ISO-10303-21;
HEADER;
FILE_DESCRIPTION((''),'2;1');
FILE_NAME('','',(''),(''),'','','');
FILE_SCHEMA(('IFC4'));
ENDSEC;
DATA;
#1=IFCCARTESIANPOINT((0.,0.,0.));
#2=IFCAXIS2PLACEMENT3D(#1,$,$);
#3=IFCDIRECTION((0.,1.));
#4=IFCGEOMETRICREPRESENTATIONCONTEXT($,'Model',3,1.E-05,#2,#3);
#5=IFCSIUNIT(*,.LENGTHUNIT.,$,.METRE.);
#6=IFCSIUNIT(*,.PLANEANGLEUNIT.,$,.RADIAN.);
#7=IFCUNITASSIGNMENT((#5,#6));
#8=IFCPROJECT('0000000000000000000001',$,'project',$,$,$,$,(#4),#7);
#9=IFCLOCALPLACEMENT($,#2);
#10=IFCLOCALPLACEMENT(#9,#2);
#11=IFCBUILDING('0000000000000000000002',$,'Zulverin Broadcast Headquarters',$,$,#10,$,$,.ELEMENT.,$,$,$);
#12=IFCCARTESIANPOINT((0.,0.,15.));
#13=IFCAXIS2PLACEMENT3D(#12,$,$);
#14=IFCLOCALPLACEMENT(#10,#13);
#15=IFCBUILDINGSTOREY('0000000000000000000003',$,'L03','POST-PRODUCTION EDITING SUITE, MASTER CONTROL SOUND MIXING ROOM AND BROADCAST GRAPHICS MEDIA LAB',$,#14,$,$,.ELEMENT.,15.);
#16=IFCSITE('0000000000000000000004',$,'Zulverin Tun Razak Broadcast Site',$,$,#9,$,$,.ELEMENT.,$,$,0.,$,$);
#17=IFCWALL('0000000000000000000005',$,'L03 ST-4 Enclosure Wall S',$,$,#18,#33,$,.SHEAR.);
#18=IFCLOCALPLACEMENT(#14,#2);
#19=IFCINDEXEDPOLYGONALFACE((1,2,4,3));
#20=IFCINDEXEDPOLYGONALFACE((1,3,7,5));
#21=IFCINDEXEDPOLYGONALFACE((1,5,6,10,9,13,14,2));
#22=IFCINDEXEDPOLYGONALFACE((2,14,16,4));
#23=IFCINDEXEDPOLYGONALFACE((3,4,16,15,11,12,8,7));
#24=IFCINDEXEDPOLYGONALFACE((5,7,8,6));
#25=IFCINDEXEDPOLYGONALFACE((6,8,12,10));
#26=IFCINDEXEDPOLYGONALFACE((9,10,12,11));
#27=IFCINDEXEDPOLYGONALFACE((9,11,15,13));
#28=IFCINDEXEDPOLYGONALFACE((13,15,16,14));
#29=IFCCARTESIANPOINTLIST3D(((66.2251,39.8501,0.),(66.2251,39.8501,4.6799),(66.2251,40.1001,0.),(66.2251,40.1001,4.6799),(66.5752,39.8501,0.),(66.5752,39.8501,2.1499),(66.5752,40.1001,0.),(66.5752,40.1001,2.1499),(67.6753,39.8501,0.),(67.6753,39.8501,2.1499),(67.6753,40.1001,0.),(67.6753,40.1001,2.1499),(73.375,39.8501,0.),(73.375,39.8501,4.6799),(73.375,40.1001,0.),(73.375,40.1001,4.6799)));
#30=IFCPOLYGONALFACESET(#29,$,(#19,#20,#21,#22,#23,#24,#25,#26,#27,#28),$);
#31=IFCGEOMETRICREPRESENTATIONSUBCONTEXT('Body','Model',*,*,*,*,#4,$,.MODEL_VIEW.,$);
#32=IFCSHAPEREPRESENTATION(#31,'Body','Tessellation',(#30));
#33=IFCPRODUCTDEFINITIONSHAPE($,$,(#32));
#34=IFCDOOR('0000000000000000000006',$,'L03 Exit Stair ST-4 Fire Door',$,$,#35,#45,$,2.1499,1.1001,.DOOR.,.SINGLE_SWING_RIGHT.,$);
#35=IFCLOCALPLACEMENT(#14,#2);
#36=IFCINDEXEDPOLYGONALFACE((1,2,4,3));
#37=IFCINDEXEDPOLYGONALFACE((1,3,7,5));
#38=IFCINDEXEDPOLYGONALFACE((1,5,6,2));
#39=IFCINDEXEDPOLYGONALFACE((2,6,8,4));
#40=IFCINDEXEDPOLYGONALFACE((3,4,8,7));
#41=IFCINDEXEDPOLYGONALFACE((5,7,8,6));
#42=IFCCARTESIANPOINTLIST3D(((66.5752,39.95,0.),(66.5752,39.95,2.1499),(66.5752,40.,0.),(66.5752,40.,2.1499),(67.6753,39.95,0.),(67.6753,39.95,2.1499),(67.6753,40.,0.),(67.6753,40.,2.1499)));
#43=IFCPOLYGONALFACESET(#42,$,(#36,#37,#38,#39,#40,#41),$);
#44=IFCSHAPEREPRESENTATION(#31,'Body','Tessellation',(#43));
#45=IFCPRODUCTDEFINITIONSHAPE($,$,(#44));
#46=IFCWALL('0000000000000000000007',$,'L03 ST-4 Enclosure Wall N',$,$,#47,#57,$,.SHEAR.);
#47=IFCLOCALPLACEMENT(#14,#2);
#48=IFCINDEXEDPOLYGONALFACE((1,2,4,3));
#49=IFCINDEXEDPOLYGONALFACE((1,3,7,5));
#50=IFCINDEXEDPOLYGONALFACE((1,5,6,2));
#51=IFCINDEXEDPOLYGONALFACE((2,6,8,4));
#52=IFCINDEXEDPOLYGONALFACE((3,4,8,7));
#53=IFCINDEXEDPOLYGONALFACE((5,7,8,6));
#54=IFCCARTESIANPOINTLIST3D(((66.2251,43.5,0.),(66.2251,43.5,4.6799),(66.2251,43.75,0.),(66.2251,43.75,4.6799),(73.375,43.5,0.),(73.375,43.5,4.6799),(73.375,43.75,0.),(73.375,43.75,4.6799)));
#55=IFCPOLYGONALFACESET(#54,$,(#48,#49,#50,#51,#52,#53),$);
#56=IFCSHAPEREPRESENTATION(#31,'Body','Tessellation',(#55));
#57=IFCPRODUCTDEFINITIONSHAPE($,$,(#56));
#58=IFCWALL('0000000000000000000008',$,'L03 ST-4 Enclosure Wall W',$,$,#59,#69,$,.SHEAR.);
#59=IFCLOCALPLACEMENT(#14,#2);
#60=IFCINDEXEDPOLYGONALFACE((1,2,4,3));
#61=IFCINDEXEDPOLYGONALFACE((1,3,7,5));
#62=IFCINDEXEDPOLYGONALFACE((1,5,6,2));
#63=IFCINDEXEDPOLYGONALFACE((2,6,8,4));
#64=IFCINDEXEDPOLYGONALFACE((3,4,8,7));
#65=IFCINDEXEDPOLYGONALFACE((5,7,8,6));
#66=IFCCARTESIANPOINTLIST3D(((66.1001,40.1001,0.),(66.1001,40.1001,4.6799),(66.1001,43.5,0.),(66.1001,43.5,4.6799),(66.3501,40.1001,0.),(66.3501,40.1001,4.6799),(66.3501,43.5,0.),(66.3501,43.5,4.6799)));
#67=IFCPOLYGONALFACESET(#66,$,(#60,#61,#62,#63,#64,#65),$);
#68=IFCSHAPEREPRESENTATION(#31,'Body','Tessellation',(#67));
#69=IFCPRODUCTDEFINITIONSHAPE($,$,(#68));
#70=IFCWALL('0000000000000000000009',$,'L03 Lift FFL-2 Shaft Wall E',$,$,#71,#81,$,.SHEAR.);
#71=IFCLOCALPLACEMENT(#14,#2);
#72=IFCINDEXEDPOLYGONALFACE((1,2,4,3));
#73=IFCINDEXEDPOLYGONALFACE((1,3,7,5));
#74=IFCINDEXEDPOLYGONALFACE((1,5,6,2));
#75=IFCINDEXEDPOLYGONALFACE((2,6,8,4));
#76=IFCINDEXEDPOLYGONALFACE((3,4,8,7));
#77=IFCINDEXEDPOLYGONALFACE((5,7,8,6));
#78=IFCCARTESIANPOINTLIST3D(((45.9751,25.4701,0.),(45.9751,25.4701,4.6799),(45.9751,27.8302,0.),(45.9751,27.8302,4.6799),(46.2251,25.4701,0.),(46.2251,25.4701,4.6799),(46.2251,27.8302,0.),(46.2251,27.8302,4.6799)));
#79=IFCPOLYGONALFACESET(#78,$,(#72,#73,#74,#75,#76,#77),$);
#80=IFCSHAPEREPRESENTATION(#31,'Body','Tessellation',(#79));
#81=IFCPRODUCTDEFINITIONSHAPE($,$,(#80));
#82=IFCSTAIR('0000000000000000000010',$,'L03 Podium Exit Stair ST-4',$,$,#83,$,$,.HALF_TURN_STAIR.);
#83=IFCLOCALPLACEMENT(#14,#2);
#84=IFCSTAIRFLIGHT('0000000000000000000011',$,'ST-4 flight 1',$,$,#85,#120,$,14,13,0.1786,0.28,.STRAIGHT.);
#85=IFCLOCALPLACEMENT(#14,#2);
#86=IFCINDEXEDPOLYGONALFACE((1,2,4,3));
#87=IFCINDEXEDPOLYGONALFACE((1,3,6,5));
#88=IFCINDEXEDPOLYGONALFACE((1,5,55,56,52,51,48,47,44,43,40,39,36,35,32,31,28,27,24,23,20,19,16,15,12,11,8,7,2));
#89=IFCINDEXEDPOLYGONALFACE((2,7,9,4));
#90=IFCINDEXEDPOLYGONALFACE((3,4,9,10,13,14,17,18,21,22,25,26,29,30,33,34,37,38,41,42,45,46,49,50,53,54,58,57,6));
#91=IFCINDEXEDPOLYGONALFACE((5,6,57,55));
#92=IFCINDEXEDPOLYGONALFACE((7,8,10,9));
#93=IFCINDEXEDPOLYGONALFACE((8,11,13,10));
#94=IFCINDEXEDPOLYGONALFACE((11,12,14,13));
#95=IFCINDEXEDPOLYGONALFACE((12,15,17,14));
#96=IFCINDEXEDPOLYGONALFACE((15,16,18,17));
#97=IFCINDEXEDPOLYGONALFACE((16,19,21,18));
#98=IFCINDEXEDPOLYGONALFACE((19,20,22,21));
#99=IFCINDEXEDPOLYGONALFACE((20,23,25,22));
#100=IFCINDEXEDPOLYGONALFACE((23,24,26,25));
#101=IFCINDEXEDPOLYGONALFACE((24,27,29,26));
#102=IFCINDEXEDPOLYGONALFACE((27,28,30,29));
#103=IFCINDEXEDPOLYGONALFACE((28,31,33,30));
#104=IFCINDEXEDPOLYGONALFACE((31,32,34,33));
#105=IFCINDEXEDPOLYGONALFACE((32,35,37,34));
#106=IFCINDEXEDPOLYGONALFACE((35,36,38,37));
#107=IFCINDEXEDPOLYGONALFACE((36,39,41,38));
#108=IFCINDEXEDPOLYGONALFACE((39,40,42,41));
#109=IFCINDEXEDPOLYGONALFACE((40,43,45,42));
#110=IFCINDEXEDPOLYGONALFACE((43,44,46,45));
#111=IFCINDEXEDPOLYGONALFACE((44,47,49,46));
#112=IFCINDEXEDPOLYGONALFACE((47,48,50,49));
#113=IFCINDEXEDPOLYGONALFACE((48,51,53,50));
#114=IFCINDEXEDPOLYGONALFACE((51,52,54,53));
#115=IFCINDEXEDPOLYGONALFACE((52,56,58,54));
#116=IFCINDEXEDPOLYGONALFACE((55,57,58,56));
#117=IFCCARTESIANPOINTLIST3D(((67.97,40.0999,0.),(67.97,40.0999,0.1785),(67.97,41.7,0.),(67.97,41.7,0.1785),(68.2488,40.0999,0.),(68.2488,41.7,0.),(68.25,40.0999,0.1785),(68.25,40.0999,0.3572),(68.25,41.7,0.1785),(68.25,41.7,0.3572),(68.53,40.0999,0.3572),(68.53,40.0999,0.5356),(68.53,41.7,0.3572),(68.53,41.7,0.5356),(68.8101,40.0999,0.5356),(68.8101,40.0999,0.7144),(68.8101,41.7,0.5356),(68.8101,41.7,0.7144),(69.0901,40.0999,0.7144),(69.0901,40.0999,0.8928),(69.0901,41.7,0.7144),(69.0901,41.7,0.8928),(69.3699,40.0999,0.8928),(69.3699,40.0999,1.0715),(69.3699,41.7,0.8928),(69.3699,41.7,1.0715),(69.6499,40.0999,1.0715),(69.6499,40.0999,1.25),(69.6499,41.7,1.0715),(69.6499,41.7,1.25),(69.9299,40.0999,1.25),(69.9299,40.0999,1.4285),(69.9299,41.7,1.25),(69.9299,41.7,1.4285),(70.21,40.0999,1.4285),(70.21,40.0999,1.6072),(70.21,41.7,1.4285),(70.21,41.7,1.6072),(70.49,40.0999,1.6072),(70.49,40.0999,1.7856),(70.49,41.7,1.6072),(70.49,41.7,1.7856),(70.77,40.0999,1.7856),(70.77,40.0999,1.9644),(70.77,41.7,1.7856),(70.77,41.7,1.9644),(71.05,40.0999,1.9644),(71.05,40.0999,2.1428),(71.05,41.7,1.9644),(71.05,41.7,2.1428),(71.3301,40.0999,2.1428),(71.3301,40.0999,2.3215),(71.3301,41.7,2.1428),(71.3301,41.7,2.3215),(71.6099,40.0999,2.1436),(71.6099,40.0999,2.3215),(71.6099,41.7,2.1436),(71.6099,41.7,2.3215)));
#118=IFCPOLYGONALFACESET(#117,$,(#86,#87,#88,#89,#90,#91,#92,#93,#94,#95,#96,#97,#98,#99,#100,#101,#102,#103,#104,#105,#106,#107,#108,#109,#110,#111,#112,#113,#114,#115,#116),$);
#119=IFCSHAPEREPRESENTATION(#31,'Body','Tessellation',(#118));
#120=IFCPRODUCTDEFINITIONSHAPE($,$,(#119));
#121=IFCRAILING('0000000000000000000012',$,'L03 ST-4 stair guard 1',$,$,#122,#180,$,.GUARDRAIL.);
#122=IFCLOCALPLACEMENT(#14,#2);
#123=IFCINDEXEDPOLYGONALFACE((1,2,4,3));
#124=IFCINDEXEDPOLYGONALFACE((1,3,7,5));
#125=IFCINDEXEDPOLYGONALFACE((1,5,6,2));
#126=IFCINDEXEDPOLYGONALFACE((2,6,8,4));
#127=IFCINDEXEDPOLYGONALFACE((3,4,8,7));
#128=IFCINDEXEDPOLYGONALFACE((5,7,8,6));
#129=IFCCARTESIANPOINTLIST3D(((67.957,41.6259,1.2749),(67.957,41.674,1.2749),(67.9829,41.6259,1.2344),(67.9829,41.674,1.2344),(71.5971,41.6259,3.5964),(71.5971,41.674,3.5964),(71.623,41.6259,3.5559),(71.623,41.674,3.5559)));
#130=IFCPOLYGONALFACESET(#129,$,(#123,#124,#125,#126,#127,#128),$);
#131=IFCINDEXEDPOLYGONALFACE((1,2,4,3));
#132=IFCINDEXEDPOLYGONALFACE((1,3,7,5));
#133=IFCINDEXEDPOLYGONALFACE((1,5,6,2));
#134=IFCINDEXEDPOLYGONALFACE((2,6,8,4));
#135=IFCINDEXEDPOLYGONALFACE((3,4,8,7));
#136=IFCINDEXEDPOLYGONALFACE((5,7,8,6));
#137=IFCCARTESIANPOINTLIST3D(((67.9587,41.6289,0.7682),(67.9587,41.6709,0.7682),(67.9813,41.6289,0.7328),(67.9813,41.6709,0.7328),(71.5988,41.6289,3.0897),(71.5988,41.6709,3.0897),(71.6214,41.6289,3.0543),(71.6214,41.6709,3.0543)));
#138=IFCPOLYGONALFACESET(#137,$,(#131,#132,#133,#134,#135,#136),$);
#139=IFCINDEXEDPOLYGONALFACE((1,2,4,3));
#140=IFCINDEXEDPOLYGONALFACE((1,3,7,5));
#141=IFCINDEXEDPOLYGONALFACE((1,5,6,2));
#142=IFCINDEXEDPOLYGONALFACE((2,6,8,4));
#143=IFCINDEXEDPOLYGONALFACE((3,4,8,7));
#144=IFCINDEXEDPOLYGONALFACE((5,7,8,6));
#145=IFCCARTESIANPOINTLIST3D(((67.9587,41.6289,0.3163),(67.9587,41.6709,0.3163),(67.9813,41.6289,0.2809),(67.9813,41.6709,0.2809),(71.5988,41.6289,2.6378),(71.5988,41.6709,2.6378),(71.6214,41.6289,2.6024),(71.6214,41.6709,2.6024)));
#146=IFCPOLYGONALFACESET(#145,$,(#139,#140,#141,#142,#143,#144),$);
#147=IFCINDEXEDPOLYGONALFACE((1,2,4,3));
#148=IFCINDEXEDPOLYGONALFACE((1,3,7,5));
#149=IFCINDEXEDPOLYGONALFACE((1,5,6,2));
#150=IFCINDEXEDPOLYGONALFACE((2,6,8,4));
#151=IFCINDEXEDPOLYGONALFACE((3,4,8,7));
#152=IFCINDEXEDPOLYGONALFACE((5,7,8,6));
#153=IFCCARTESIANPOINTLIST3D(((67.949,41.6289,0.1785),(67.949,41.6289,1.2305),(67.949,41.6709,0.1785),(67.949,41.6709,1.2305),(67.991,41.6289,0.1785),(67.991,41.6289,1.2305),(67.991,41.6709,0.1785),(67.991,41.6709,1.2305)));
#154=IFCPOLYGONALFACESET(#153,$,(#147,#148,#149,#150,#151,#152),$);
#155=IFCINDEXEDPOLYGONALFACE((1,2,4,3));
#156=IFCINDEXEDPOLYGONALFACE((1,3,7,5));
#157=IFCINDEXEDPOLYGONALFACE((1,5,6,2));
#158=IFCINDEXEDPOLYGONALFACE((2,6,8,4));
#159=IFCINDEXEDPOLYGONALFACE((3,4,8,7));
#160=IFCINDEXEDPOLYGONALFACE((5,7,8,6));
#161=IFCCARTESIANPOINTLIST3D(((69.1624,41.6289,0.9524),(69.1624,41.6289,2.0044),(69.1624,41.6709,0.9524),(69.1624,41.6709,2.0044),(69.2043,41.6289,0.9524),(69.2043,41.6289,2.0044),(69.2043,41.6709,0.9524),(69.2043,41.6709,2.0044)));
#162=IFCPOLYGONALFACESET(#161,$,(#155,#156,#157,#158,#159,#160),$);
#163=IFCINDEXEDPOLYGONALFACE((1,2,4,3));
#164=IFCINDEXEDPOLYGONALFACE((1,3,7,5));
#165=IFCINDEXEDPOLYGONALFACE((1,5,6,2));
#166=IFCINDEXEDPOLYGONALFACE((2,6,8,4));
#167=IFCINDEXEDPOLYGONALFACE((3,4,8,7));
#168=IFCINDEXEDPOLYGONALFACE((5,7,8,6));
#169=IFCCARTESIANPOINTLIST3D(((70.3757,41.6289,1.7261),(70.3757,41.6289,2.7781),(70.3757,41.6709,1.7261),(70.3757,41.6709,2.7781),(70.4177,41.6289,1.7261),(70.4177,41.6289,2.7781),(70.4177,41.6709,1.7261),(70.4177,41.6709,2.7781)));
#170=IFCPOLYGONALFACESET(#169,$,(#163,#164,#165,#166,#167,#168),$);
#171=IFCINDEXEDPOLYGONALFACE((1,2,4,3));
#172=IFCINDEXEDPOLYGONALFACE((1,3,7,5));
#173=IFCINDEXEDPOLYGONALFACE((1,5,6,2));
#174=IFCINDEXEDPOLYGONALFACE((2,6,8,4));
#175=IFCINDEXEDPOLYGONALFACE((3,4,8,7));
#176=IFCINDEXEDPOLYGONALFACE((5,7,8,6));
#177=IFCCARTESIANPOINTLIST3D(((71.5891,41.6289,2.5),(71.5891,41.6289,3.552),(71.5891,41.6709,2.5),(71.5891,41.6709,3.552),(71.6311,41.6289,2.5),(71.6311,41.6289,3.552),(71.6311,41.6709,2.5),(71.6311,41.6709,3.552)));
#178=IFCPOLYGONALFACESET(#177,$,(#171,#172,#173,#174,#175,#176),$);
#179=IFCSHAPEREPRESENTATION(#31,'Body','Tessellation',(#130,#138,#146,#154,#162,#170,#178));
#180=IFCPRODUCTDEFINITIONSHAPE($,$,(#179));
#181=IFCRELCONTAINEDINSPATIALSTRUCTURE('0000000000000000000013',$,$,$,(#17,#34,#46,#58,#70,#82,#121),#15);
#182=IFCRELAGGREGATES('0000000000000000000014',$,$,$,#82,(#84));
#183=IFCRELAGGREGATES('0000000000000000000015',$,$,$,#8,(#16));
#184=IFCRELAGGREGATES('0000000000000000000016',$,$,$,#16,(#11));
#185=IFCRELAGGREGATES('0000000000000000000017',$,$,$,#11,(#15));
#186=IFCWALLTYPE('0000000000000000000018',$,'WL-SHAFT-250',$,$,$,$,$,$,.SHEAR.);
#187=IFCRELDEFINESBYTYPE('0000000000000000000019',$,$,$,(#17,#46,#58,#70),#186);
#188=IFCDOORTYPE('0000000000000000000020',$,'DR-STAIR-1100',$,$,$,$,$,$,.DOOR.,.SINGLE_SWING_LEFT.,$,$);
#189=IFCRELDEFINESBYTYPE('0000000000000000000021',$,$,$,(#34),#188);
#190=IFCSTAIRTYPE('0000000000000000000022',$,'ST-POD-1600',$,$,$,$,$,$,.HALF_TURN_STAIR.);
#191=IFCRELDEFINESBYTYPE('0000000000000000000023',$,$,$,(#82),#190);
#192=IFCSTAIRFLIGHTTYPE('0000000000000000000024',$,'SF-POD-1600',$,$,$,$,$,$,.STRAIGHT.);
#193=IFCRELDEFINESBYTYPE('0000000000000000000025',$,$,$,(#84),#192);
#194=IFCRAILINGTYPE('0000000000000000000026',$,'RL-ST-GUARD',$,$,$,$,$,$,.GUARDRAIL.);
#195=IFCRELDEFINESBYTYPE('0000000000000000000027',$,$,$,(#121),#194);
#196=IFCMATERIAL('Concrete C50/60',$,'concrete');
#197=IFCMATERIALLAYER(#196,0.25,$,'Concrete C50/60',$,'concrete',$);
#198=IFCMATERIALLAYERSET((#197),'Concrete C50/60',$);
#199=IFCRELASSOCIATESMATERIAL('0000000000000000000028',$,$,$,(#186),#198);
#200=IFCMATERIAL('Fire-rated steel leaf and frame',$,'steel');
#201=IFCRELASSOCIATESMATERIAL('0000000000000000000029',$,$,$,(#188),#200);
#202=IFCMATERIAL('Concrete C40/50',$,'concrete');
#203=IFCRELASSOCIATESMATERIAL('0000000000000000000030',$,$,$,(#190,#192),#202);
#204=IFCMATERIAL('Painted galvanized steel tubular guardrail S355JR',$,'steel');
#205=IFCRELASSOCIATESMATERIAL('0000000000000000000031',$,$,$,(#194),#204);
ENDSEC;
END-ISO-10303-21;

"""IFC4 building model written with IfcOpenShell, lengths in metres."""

from ifc_helpers import new_model, si_unit, direction, frame, frame_2d, origin, origin_2d, place, context, subcontext, project, spatial, polyline, rectangle, outline, extrude, material, layer, layer_set, type_object, element, fill, aggregate, save


model = new_model("IFC4")

# Units and contexts
model_context = context("Model", 3, precision=1e-05, world=origin(), true_north=direction((0.0, 1.0)))
body_context = subcontext(model_context, "Body", "Model", "MODEL_VIEW")
ifc_project = project(units=[si_unit("LENGTHUNIT", "METRE"), si_unit("PLANEANGLEUNIT", "RADIAN")], contexts=[model_context])

# Site, building, storey
site_placement = place(None, origin())
site = spatial("IfcSite", under=ifc_project, at=site_placement, Name="Zulverin Tun Razak Broadcast Site", CompositionType="ELEMENT", RefElevation=0.0)
building_placement = place(site_placement, origin())
building = spatial("IfcBuilding", under=site, at=building_placement, Name="Zulverin Broadcast Headquarters", CompositionType="ELEMENT")
storey_placement = place(building_placement, frame((0.0, 0.0, 15.0)))
storey = spatial("IfcBuildingStorey", under=building, at=storey_placement, Name="L03", Description="POST-PRODUCTION EDITING SUITE, MASTER CONTROL SOUND MIXING ROOM AND BROADCAST GRAPHICS MEDIA LAB", CompositionType="ELEMENT", Elevation=15.0)

# Shared definitions
ifc_material_1 = material(Name="Concrete C40/50", Category="concrete")

# Wall, opening, door
ifc_material_2 = material(Name="Concrete C50/60", Category="concrete")
ifc_layer_1 = layer(ifc_material_2, 0.25, Name="Concrete C50/60", Category="concrete")
ifc_layer_set_1 = layer_set([ifc_layer_1], Name="Concrete C50/60")
wall_type_1 = type_object("IfcWallType", Name="WL-SHAFT-250", PredefinedType="SHEAR", material=ifc_layer_set_1)
wall_1_placement = place(storey_placement, frame((66.2251, 39.9751, 0.0), z_axis=(0.0, 0.0, 1.0), x_axis=(1.0, 0.0, 0.0)))
wall_1 = element("IfcWall", 1, at=wall_1_placement, inside=storey, type_object=wall_type_1, Name="L03 ST-4 Enclosure Wall S", PredefinedType="SHEAR", context=body_context, shape_type="SweptSolid", body=[
    extrude(rectangle(XDim=7.1499, YDim=0.25, at=frame_2d((3.575, 0.0))), origin(), (0.0, 0.0, 1.0), 4.6799),
])
opening_1_placement = place(wall_1_placement, frame((0.3501, 0.0, 0.0)))
opening_1 = element("IfcOpeningElement", 2, at=opening_1_placement, cuts=wall_1, PredefinedType="OPENING", context=body_context, shape_type="SweptSolid", body=[
    extrude(rectangle(XDim=1.1001, YDim=2.1499, at=frame_2d((0.55, 1.075))), frame((0.0, 0.135, 0.0), z_axis=(0.0, -1.0, 0.0), x_axis=(1.0, 0.0, 0.0)), (0.0, 0.0, 1.0), 0.27),
])
ifc_material_3 = material(Name="Fire-rated steel leaf and frame", Category="steel")
door_type_1 = type_object("IfcDoorType", Name="DR-STAIR-1100", OperationType="SINGLE_SWING_LEFT", PredefinedType="DOOR", material=ifc_material_3)
door_1_placement = place(opening_1_placement, origin())
door_1 = element("IfcDoor", 3, at=door_1_placement, inside=storey, type_object=door_type_1, Name="L03 Exit Stair ST-4 Fire Door", OperationType="SINGLE_SWING_RIGHT", OverallHeight=2.1499, OverallWidth=1.1001, PredefinedType="DOOR", context=body_context, shape_type="SweptSolid", body=[
    extrude(rectangle(XDim=1.1001, YDim=2.1499, at=frame_2d((0.55, 1.075))), frame((0.0, 0.0249, 0.0), z_axis=(0.0, -1.0, 0.0), x_axis=(1.0, 0.0, 0.0)), (0.0, 0.0, 1.0), 0.05),
])
fill(opening_1, door_1)

# Walls
wall_2_placement = place(storey_placement, frame((66.2251, 43.625, 0.0), z_axis=(0.0, 0.0, 1.0), x_axis=(1.0, 0.0, 0.0)))
element("IfcWall", 4, at=wall_2_placement, inside=storey, type_object=wall_type_1, Name="L03 ST-4 Enclosure Wall N", PredefinedType="SHEAR", context=body_context, shape_type="SweptSolid", body=[
    extrude(rectangle(XDim=7.1499, YDim=0.25, at=frame_2d((3.575, 0.0))), origin(), (0.0, 0.0, 1.0), 4.6799),
])
wall_3_placement = place(storey_placement, frame((66.2251, 40.1001, 0.0), z_axis=(0.0, 0.0, 1.0), x_axis=(0.0, 1.0, 0.0)))
element("IfcWall", 5, at=wall_3_placement, inside=storey, type_object=wall_type_1, Name="L03 ST-4 Enclosure Wall W", PredefinedType="SHEAR", context=body_context, shape_type="SweptSolid", body=[
    extrude(rectangle(XDim=3.3999, YDim=0.25, at=frame_2d((1.7, 0.0))), origin(), (0.0, 0.0, 1.0), 4.6799),
])
wall_4_placement = place(storey_placement, frame((46.1001, 25.47, 0.0), z_axis=(0.0, 0.0, 1.0), x_axis=(0.0, 1.0, 0.0)))
element("IfcWall", 6, at=wall_4_placement, inside=storey, type_object=wall_type_1, Name="L03 Lift FFL-2 Shaft Wall E", PredefinedType="SHEAR", context=body_context, shape_type="SweptSolid", body=[
    extrude(rectangle(XDim=2.3601, YDim=0.25, at=frame_2d((1.1802, 0.0))), origin(), (0.0, 0.0, 1.0), 4.6799),
])

# Stair, stair flight
stair_type = type_object("IfcStairType", Name="ST-POD-1600", PredefinedType="HALF_TURN_STAIR", material=ifc_material_1)
stair_placement = place(storey_placement, origin())
stair = element("IfcStair", 7, at=stair_placement, inside=storey, type_object=stair_type, Name="L03 Podium Exit Stair ST-4", PredefinedType="HALF_TURN_STAIR")
stair_flight_type = type_object("IfcStairFlightType", Name="SF-POD-1600", PredefinedType="STRAIGHT", material=ifc_material_1)
stair_flight_placement = place(storey_placement, frame((67.97, 40.8999, 0.0), z_axis=(0.0, 0.0, 1.0), x_axis=(1.0, 0.0, 0.0)))
stair_flight = element("IfcStairFlight", 8, at=stair_flight_placement, type_object=stair_flight_type, Name="ST-4 flight 1", NumberOfRisers=14, NumberOfTreads=13, PredefinedType="STRAIGHT", RiserHeight=0.1786, TreadLength=0.28, context=body_context, shape_type="SweptSolid", body=[
    extrude(outline(polyline([(0.0, 0.0), (0.0, 0.1785), (0.28, 0.1785), (0.28, 0.3572), (0.5601, 0.3572), (0.5601, 0.5356), (0.8401, 0.5356), (0.8401, 0.7144), (1.1201, 0.7144), (1.1201, 0.8928), (1.3999, 0.8928), (1.3999, 1.0715), (1.6799, 1.0715), (1.6799, 1.25), (1.96, 1.25), (1.96, 1.4285), (2.24, 1.4285), (2.24, 1.6072), (2.52, 1.6072), (2.52, 1.7856), (2.8, 1.7856), (2.8, 1.9644), (3.0801, 1.9644), (3.0801, 2.1428), (3.3601, 2.1428), (3.3601, 2.3215), (3.6399, 2.3215), (3.6399, 2.5), (3.6399, 2.1436), (0.2788, 0.0), (0.0, 0.0)])), frame((0.0, 0.8, 0.0), z_axis=(0.0, -1.0, 0.0), x_axis=(1.0, 0.0, 0.0)), (0.0, 0.0, 1.0), 1.6001),
])
aggregate(stair, [stair_flight])

# Railing
ifc_material_4 = material(Name="Painted galvanized steel tubular guardrail S355JR", Category="steel")
railing_type_1 = type_object("IfcRailingType", Name="RL-ST-GUARD", PredefinedType="GUARDRAIL", material=ifc_material_4)
railing_1_placement = place(storey_placement, frame((67.97, 41.6499, 0.1785)))
element("IfcRailing", 9, at=railing_1_placement, inside=storey, type_object=railing_type_1, Name="L03 ST-4 stair guard 1", PredefinedType="GUARDRAIL", context=body_context, shape_type="SweptSolid", body=[
    extrude(rectangle(XDim=0.0481, YDim=0.0481, at=origin_2d()), frame((0.0, 0.0, 1.0762), z_axis=(0.843128, 0.0, 0.537713), x_axis=(0.0, 1.0, 0.0)), (0.0, 0.0, 1.0), 4.3174),
    extrude(rectangle(XDim=0.042, YDim=0.042, at=origin_2d()), frame((0.0, 0.0, 0.572), z_axis=(0.843128, 0.0, 0.537713), x_axis=(0.0, 1.0, 0.0)), (0.0, 0.0, 1.0), 4.3174),
    extrude(rectangle(XDim=0.042, YDim=0.042, at=origin_2d()), frame((0.0, 0.0, 0.1201), z_axis=(0.843128, 0.0, 0.537713), x_axis=(0.0, 1.0, 0.0)), (0.0, 0.0, 1.0), 4.3174),
    extrude(rectangle(XDim=0.042, YDim=0.042, at=origin_2d()), origin(), (0.0, 0.0, 1.0), 1.052),
    extrude(rectangle(XDim=0.042, YDim=0.042, at=origin_2d()), frame((1.2134, 0.0, 0.7739)), (0.0, 0.0, 1.0), 1.052),
    extrude(rectangle(XDim=0.042, YDim=0.042, at=origin_2d()), frame((2.4268, 0.0, 1.5476)), (0.0, 0.0, 1.0), 1.052),
    extrude(rectangle(XDim=0.042, YDim=0.042, at=origin_2d()), frame((3.6401, 0.0, 2.3215)), (0.0, 0.0, 1.0), 1.052),
])

save(model, "model.ifc")
